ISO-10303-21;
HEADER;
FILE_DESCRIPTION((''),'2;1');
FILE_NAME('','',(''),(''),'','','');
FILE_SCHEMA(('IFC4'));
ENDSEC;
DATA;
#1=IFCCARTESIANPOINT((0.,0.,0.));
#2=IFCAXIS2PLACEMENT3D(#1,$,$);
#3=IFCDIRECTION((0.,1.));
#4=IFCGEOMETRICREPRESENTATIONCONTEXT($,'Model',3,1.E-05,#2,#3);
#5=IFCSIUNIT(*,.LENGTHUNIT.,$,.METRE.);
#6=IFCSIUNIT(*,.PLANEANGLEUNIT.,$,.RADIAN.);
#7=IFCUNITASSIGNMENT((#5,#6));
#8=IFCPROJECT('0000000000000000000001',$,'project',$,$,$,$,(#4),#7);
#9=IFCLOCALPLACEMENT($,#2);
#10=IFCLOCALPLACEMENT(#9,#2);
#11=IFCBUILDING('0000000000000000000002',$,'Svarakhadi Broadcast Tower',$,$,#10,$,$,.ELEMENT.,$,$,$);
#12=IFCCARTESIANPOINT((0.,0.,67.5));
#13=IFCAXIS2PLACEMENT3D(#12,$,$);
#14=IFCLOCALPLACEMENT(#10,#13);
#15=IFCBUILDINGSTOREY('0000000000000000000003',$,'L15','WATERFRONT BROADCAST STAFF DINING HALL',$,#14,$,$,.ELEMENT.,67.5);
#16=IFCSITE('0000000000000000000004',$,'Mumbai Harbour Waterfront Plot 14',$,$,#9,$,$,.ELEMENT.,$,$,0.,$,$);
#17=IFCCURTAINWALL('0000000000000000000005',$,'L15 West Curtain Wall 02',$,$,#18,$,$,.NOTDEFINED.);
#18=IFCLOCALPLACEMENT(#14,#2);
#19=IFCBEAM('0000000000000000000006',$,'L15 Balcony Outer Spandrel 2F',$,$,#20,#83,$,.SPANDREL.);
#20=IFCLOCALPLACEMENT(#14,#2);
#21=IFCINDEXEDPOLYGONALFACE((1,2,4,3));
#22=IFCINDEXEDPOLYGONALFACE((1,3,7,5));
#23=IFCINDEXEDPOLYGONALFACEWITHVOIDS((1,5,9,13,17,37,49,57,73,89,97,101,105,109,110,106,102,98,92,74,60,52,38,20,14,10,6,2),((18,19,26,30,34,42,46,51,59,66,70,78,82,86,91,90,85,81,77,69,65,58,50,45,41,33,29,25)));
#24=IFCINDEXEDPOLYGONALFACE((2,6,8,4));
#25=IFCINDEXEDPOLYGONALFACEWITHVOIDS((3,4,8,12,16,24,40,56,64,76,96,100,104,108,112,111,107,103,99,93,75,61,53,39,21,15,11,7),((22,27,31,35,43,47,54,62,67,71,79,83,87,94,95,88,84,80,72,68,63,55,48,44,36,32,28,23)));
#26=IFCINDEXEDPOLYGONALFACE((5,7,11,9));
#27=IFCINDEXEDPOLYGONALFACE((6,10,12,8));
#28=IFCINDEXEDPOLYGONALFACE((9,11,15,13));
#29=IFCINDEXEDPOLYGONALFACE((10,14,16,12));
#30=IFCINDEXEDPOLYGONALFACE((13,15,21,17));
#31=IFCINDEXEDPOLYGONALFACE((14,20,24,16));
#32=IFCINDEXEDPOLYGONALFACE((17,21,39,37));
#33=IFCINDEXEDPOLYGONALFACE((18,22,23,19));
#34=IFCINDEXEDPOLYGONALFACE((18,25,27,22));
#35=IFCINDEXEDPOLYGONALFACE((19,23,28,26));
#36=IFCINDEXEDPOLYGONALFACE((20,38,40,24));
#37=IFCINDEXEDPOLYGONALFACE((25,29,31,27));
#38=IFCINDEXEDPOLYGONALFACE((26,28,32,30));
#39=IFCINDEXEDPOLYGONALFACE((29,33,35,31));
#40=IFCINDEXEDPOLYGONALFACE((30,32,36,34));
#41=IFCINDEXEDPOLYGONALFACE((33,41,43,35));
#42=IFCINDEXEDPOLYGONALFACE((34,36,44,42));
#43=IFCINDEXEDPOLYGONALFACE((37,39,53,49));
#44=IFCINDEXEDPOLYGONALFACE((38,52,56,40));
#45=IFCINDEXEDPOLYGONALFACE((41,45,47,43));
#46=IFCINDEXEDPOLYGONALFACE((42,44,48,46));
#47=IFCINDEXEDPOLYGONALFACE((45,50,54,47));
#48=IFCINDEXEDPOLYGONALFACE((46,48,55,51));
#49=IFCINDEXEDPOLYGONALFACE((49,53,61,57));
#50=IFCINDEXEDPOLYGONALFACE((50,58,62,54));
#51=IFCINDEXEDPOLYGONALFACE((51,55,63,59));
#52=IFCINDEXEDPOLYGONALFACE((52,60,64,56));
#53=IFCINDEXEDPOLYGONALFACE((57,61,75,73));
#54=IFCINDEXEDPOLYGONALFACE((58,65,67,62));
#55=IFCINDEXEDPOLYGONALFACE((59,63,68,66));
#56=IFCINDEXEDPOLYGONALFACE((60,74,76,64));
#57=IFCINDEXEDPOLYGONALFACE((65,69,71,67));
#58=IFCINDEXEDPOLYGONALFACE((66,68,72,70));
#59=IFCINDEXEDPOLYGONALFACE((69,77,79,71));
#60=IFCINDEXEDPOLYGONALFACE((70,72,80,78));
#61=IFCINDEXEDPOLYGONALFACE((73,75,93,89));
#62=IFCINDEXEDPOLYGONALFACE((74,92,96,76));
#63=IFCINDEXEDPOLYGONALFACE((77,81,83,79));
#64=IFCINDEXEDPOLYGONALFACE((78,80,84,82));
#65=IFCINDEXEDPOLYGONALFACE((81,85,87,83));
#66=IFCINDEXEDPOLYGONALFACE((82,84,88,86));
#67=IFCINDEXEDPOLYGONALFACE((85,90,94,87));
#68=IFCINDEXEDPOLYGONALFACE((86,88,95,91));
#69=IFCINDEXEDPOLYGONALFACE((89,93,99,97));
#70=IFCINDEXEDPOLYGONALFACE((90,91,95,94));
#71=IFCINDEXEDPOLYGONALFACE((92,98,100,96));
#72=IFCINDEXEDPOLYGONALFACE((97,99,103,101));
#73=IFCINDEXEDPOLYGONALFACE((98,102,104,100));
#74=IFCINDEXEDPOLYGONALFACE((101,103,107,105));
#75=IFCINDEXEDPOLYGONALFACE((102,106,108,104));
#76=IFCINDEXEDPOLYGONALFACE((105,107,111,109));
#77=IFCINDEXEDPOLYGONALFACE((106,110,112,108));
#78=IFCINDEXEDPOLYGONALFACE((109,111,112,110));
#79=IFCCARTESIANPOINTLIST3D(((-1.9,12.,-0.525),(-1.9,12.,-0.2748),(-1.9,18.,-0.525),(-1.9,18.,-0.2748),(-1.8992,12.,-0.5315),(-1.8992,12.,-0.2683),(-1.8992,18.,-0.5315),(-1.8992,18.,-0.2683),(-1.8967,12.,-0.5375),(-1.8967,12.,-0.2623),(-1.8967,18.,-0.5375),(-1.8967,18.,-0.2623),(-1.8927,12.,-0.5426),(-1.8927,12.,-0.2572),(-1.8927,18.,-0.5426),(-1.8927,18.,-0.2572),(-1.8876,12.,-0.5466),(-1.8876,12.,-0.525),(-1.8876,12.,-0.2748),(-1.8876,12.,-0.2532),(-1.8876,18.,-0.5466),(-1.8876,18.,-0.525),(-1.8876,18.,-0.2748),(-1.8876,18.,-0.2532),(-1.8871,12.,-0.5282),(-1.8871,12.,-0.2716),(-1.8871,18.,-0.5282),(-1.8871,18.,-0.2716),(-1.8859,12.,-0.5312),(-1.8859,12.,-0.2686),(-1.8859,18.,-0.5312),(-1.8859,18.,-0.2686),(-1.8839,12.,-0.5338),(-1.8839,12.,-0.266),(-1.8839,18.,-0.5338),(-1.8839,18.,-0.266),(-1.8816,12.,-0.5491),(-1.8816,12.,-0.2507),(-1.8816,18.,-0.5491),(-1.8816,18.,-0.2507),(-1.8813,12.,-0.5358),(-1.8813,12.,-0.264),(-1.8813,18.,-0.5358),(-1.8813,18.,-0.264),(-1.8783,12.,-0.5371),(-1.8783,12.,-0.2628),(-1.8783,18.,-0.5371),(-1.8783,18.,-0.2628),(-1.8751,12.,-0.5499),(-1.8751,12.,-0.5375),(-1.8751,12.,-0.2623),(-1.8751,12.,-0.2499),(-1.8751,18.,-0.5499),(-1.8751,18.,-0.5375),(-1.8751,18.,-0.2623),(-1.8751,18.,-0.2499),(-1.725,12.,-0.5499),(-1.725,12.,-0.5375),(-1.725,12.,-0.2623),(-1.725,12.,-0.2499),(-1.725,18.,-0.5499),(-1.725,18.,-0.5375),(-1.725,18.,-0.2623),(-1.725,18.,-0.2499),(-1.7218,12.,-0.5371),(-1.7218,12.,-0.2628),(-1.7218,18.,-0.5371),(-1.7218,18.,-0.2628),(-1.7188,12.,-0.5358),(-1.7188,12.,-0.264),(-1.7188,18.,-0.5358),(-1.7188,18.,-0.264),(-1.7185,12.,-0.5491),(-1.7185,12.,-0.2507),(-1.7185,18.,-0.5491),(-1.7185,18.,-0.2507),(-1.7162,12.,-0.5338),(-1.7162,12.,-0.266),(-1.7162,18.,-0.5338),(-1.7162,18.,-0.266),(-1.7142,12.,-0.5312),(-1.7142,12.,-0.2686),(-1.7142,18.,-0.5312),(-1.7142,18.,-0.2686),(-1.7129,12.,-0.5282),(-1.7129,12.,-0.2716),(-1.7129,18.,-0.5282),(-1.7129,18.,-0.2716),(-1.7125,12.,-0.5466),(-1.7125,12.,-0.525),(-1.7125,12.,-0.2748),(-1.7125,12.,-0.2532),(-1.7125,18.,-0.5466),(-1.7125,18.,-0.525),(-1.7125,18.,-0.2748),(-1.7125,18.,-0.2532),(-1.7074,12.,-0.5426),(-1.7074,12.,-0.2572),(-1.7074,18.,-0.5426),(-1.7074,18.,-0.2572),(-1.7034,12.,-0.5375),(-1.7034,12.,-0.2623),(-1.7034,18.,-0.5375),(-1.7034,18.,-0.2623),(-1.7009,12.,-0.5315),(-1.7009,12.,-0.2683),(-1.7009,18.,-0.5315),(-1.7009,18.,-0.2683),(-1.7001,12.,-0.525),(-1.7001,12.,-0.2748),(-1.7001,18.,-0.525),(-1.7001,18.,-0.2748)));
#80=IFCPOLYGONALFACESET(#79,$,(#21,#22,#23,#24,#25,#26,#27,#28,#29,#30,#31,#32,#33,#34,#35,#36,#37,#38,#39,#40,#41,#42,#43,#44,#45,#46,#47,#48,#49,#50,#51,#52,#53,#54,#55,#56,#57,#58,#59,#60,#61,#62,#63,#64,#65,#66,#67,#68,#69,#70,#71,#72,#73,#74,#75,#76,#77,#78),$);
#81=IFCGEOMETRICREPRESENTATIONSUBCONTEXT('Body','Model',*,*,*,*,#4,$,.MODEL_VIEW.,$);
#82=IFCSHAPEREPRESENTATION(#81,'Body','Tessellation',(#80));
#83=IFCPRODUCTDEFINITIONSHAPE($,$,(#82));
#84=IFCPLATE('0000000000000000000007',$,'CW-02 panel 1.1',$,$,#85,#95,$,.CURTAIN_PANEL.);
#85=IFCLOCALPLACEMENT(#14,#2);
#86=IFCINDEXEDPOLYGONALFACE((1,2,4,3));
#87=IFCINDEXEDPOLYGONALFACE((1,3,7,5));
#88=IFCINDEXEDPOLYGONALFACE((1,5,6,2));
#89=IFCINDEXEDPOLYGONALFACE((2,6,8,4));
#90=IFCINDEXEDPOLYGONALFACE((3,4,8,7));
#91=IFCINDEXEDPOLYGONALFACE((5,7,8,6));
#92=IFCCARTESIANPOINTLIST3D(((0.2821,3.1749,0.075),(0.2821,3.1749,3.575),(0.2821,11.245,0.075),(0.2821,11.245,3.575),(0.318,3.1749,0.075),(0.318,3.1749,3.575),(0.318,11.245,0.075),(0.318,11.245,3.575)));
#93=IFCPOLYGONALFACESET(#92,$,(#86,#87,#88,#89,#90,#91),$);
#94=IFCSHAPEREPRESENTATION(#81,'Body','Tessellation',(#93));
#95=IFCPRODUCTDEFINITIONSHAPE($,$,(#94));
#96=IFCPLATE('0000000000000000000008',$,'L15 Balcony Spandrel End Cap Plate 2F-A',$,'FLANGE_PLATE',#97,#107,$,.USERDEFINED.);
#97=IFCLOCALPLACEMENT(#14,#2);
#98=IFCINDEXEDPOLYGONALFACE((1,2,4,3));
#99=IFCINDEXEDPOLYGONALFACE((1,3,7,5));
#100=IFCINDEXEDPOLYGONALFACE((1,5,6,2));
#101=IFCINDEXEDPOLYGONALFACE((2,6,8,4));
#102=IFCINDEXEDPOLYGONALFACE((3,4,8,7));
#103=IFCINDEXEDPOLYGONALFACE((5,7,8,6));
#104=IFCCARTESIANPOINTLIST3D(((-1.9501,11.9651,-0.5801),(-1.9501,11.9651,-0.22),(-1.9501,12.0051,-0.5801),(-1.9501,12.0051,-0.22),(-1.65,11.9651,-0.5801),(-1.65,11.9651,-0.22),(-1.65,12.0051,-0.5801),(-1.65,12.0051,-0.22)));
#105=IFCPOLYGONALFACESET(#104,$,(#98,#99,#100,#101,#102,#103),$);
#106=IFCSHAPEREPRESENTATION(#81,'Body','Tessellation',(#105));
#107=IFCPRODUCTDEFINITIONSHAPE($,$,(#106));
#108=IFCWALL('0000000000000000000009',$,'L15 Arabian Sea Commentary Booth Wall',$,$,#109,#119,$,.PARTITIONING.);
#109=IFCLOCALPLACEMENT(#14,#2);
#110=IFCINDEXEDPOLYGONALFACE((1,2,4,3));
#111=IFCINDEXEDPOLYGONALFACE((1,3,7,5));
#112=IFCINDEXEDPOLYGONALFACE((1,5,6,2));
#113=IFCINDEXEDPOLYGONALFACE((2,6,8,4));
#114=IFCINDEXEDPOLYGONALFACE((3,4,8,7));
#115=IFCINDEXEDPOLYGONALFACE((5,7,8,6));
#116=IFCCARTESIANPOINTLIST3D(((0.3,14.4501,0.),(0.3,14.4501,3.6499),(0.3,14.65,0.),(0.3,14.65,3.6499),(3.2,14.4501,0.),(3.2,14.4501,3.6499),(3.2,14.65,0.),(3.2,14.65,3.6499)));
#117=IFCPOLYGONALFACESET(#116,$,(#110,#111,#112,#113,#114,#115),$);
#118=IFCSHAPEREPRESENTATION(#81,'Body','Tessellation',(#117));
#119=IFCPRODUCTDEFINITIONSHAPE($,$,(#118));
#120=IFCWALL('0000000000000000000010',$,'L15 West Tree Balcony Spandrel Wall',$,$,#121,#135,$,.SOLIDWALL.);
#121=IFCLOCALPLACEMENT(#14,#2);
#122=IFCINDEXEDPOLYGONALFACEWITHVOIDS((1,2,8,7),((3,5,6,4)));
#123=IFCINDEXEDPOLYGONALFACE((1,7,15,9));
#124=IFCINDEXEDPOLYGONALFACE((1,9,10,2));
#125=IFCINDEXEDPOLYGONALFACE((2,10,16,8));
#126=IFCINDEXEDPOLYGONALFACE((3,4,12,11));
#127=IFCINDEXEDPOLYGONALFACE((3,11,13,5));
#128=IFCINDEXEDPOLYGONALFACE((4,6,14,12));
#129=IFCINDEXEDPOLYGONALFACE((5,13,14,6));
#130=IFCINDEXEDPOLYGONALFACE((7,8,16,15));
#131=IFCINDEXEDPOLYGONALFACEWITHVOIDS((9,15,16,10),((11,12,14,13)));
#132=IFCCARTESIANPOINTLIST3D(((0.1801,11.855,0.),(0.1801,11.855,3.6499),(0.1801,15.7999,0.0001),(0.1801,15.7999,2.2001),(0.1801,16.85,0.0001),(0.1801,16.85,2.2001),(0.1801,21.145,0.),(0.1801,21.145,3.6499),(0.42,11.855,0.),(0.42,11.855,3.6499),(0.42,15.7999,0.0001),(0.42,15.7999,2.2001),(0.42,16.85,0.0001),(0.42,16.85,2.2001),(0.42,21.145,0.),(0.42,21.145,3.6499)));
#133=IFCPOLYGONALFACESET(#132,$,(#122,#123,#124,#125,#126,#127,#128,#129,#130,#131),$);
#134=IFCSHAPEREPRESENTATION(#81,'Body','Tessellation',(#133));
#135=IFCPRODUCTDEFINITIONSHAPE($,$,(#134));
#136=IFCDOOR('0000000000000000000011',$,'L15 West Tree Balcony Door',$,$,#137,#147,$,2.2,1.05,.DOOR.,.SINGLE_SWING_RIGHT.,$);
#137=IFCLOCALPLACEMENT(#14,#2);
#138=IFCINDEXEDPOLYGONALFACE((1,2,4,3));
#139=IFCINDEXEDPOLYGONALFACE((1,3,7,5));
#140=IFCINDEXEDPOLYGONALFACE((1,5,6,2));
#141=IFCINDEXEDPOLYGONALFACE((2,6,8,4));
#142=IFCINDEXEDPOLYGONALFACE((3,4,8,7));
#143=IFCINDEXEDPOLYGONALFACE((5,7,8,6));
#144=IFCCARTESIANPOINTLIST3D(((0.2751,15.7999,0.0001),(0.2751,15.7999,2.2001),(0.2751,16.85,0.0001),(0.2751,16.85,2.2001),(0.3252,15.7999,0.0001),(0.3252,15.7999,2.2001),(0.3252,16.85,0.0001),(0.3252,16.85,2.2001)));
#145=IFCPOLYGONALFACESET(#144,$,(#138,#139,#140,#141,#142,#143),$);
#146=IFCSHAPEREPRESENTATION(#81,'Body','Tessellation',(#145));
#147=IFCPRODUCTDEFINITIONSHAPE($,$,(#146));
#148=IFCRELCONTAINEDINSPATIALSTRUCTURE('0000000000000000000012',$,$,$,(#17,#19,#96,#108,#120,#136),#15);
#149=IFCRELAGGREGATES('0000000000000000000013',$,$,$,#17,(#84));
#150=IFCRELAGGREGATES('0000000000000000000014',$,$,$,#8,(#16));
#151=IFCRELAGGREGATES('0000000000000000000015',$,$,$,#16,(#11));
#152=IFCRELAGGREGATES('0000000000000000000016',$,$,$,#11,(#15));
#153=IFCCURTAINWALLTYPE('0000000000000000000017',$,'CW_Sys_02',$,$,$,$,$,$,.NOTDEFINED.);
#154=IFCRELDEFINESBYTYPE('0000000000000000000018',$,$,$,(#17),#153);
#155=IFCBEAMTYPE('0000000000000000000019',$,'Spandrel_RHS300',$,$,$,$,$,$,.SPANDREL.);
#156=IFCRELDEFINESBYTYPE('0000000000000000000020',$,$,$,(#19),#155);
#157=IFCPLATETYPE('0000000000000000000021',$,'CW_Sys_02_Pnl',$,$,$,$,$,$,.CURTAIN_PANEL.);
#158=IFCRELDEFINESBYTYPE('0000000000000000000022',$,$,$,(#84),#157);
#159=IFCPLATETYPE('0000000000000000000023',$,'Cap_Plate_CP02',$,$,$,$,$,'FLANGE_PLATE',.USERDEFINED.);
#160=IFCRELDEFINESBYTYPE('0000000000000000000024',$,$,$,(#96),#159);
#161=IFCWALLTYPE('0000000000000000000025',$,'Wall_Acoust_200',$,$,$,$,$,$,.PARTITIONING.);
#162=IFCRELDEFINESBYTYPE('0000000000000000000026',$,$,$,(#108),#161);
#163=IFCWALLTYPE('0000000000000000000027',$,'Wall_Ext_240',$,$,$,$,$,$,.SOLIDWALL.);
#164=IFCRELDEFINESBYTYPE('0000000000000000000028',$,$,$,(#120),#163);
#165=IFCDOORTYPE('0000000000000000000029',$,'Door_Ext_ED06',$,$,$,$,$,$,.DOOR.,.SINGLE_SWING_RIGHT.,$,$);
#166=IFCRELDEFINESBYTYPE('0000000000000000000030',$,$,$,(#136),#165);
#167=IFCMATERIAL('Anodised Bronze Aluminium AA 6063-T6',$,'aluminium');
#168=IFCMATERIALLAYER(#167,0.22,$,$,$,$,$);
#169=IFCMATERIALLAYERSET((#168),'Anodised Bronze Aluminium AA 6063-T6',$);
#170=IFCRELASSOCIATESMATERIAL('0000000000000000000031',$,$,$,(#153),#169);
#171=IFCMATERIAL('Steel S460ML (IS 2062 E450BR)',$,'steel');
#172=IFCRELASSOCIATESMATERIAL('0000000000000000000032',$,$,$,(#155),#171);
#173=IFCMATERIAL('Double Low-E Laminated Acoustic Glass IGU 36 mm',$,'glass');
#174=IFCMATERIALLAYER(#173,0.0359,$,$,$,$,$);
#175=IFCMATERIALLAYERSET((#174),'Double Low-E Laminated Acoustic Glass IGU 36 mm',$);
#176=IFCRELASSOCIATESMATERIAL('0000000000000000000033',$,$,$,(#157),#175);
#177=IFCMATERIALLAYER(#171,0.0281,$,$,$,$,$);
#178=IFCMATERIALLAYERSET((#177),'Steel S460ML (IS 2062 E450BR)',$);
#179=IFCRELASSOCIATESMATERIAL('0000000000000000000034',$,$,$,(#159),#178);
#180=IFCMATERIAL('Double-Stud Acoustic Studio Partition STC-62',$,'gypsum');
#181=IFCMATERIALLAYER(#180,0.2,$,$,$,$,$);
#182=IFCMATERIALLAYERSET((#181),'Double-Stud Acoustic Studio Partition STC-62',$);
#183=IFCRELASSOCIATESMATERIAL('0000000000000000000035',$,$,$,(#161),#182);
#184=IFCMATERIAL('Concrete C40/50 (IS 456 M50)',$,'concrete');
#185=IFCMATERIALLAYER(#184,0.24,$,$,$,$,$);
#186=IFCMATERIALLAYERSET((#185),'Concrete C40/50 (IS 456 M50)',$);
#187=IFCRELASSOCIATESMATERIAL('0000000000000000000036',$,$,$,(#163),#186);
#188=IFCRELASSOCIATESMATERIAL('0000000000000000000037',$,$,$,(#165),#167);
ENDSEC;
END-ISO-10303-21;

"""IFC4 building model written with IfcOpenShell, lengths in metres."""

from ifc_helpers import new_model, si_unit, direction, frame, frame_2d, origin, origin_2d, place, context, subcontext, project, spatial, rectangle, hollow_rectangle, extrude, material, layer, layer_set, material_profile, profile_set, type_object, element, fill, aggregate, save


model = new_model("IFC4")

# Units and contexts
model_context = context("Model", 3, precision=1e-05, world=origin(), true_north=direction((0.0, 1.0)))
body_context = subcontext(model_context, "Body", "Model", "MODEL_VIEW")
ifc_project = project(units=[si_unit("LENGTHUNIT", "METRE"), si_unit("PLANEANGLEUNIT", "RADIAN")], contexts=[model_context])

# Site, building, storey
site_placement = place(None, origin())
site = spatial("IfcSite", under=ifc_project, at=site_placement, Name="Mumbai Harbour Waterfront Plot 14", CompositionType="ELEMENT", RefElevation=0.0)
building_placement = place(site_placement, origin())
building = spatial("IfcBuilding", under=site, at=building_placement, Name="Svarakhadi Broadcast Tower", CompositionType="ELEMENT")
storey_placement = place(building_placement, frame((0.0, 0.0, 67.5)))
storey = spatial("IfcBuildingStorey", under=building, at=storey_placement, Name="L15", Description="WATERFRONT BROADCAST STAFF DINING HALL", CompositionType="ELEMENT", Elevation=67.5)

# Shared definitions
ifc_material_1 = material(Name="Steel S460ML (IS 2062 E450BR)", Category="steel")

# Curtain wall
ifc_material_2 = material(Name="Anodised Bronze Aluminium AA 6063-T6", Category="aluminium")
ifc_layer_1 = layer(ifc_material_2, 0.22)
ifc_layer_set_1 = layer_set([ifc_layer_1], Name="Anodised Bronze Aluminium AA 6063-T6")
curtain_wall_type = type_object("IfcCurtainWallType", Name="CW_Sys_02", PredefinedType="NOTDEFINED", material=ifc_layer_set_1)
curtain_wall_placement = place(storey_placement, origin())
curtain_wall = element("IfcCurtainWall", 1, at=curtain_wall_placement, inside=storey, type_object=curtain_wall_type, Name="L15 West Curtain Wall 02", PredefinedType="NOTDEFINED")

# Beam
ifc_material_profile_1 = material_profile(ifc_material_1, hollow_rectangle(XDim=0.2, YDim=0.3, WallThickness=0.0125, InnerFilletRadius=0.0125, OuterFilletRadius=0.0249, at=origin_2d()), Name="RHS 300x200x12.5")
ifc_profile_set_1 = profile_set([ifc_material_profile_1], Name="Steel S460ML (IS 2062 E450BR)")
beam_type_1 = type_object("IfcBeamType", Name="Spandrel_RHS300", PredefinedType="SPANDREL", material=ifc_profile_set_1)
beam_1_placement = place(storey_placement, frame((-1.8, 12.0, -0.3999), z_axis=(0.0, 1.0, 0.0), x_axis=(-1.0, 0.0, 0.0)))
element("IfcBeam", 2, at=beam_1_placement, inside=storey, type_object=beam_type_1, Name="L15 Balcony Outer Spandrel 2F", PredefinedType="SPANDREL", context=body_context, shape_type="SweptSolid", body=[
    extrude(hollow_rectangle(XDim=0.2, YDim=0.3, WallThickness=0.0125, InnerFilletRadius=0.0125, OuterFilletRadius=0.0249, at=origin_2d()), origin(), (0.0, 0.0, 1.0), 6.0),
])

# Plates
ifc_material_3 = material(Name="Double Low-E Laminated Acoustic Glass IGU 36 mm", Category="glass")
ifc_layer_2 = layer(ifc_material_3, 0.0359)
ifc_layer_set_2 = layer_set([ifc_layer_2], Name="Double Low-E Laminated Acoustic Glass IGU 36 mm")
plate_type_1 = type_object("IfcPlateType", Name="CW_Sys_02_Pnl", PredefinedType="CURTAIN_PANEL", material=ifc_layer_set_2)
plate_1_placement = place(storey_placement, frame((0.3, 7.21, 0.075), z_axis=(0.0, 0.0, 1.0), x_axis=(0.0, 1.0, 0.0)))
plate_1 = element("IfcPlate", 3, at=plate_1_placement, type_object=plate_type_1, Name="CW-02 panel 1.1", PredefinedType="CURTAIN_PANEL", context=body_context, shape_type="SweptSolid", body=[
    extrude(rectangle(XDim=8.0701, YDim=0.0359, at=origin_2d()), origin(), (0.0, 0.0, 1.0), 3.5),
])
aggregate(curtain_wall, [plate_1])
ifc_layer_3 = layer(ifc_material_1, 0.0281)
ifc_layer_set_3 = layer_set([ifc_layer_3], Name="Steel S460ML (IS 2062 E450BR)")
plate_type_2 = type_object("IfcPlateType", Name="Cap_Plate_CP02", ElementType="FLANGE_PLATE", PredefinedType="USERDEFINED", material=ifc_layer_set_3)
plate_2_placement = place(storey_placement, frame((-1.8, 11.9851, -0.5801), z_axis=(0.0, 0.0, 1.0), x_axis=(1.0, 0.0, 0.0)))
element("IfcPlate", 4, at=plate_2_placement, inside=storey, type_object=plate_type_2, Name="L15 Balcony Spandrel End Cap Plate 2F-A", ObjectType="FLANGE_PLATE", PredefinedType="USERDEFINED", context=body_context, shape_type="SweptSolid", body=[
    extrude(rectangle(XDim=0.3, YDim=0.04, at=origin_2d()), origin(), (0.0, 0.0, 1.0), 0.3601),
])

# Wall
ifc_material_4 = material(Name="Double-Stud Acoustic Studio Partition STC-62", Category="gypsum")
ifc_layer_4 = layer(ifc_material_4, 0.2)
ifc_layer_set_4 = layer_set([ifc_layer_4], Name="Double-Stud Acoustic Studio Partition STC-62")
wall_type_1 = type_object("IfcWallType", Name="Wall_Acoust_200", PredefinedType="PARTITIONING", material=ifc_layer_set_4)
wall_1_placement = place(storey_placement, frame((0.3, 14.55, 0.0), z_axis=(0.0, 0.0, 1.0), x_axis=(1.0, 0.0, 0.0)))
element("IfcWall", 5, at=wall_1_placement, inside=storey, type_object=wall_type_1, Name="L15 Arabian Sea Commentary Booth Wall", PredefinedType="PARTITIONING", context=body_context, shape_type="SweptSolid", body=[
    extrude(rectangle(XDim=2.8999, YDim=0.2, at=frame_2d((1.45, 0.0))), origin(), (0.0, 0.0, 1.0), 3.6499),
])

# Wall, opening, door
ifc_material_5 = material(Name="Concrete C40/50 (IS 456 M50)", Category="concrete")
ifc_layer_5 = layer(ifc_material_5, 0.24)
ifc_layer_set_5 = layer_set([ifc_layer_5], Name="Concrete C40/50 (IS 456 M50)")
wall_type_2 = type_object("IfcWallType", Name="Wall_Ext_240", PredefinedType="SOLIDWALL", material=ifc_layer_set_5)
wall_2_placement = place(storey_placement, frame((0.3, 11.855, 0.0), z_axis=(0.0, 0.0, 1.0), x_axis=(0.0, 1.0, 0.0)))
wall_2 = element("IfcWall", 6, at=wall_2_placement, inside=storey, type_object=wall_type_2, Name="L15 West Tree Balcony Spandrel Wall", PredefinedType="SOLIDWALL", context=body_context, shape_type="SweptSolid", body=[
    extrude(rectangle(XDim=9.29, YDim=0.24, at=frame_2d((4.645, 0.0))), origin(), (0.0, 0.0, 1.0), 3.6499),
])
opening_1_placement = place(wall_2_placement, frame((3.9451, 0.0, 0.0)))
opening_1 = element("IfcOpeningElement", 7, at=opening_1_placement, cuts=wall_2, PredefinedType="OPENING", context=body_context, shape_type="SweptSolid", body=[
    extrude(rectangle(XDim=1.05, YDim=2.2, at=frame_2d((0.5249, 1.1001))), frame((0.0, 0.1299, 0.0), z_axis=(0.0, -1.0, 0.0), x_axis=(1.0, 0.0, 0.0)), (0.0, 0.0, 1.0), 0.26),
])
door_type_1 = type_object("IfcDoorType", Name="Door_Ext_ED06", OperationType="SINGLE_SWING_RIGHT", PredefinedType="DOOR", material=ifc_material_2)
door_1_placement = place(opening_1_placement, origin())
door_1 = element("IfcDoor", 8, at=door_1_placement, inside=storey, type_object=door_type_1, Name="L15 West Tree Balcony Door", OperationType="SINGLE_SWING_RIGHT", OverallHeight=2.2, OverallWidth=1.05, PredefinedType="DOOR", context=body_context, shape_type="SweptSolid", body=[
    extrude(rectangle(XDim=1.05, YDim=2.2, at=frame_2d((0.5249, 1.1001))), frame((0.0, 0.0249, 0.0), z_axis=(0.0, -1.0, 0.0), x_axis=(1.0, 0.0, 0.0)), (0.0, 0.0, 1.0), 0.05),
])
fill(opening_1, door_1)

save(model, "model.ifc")
